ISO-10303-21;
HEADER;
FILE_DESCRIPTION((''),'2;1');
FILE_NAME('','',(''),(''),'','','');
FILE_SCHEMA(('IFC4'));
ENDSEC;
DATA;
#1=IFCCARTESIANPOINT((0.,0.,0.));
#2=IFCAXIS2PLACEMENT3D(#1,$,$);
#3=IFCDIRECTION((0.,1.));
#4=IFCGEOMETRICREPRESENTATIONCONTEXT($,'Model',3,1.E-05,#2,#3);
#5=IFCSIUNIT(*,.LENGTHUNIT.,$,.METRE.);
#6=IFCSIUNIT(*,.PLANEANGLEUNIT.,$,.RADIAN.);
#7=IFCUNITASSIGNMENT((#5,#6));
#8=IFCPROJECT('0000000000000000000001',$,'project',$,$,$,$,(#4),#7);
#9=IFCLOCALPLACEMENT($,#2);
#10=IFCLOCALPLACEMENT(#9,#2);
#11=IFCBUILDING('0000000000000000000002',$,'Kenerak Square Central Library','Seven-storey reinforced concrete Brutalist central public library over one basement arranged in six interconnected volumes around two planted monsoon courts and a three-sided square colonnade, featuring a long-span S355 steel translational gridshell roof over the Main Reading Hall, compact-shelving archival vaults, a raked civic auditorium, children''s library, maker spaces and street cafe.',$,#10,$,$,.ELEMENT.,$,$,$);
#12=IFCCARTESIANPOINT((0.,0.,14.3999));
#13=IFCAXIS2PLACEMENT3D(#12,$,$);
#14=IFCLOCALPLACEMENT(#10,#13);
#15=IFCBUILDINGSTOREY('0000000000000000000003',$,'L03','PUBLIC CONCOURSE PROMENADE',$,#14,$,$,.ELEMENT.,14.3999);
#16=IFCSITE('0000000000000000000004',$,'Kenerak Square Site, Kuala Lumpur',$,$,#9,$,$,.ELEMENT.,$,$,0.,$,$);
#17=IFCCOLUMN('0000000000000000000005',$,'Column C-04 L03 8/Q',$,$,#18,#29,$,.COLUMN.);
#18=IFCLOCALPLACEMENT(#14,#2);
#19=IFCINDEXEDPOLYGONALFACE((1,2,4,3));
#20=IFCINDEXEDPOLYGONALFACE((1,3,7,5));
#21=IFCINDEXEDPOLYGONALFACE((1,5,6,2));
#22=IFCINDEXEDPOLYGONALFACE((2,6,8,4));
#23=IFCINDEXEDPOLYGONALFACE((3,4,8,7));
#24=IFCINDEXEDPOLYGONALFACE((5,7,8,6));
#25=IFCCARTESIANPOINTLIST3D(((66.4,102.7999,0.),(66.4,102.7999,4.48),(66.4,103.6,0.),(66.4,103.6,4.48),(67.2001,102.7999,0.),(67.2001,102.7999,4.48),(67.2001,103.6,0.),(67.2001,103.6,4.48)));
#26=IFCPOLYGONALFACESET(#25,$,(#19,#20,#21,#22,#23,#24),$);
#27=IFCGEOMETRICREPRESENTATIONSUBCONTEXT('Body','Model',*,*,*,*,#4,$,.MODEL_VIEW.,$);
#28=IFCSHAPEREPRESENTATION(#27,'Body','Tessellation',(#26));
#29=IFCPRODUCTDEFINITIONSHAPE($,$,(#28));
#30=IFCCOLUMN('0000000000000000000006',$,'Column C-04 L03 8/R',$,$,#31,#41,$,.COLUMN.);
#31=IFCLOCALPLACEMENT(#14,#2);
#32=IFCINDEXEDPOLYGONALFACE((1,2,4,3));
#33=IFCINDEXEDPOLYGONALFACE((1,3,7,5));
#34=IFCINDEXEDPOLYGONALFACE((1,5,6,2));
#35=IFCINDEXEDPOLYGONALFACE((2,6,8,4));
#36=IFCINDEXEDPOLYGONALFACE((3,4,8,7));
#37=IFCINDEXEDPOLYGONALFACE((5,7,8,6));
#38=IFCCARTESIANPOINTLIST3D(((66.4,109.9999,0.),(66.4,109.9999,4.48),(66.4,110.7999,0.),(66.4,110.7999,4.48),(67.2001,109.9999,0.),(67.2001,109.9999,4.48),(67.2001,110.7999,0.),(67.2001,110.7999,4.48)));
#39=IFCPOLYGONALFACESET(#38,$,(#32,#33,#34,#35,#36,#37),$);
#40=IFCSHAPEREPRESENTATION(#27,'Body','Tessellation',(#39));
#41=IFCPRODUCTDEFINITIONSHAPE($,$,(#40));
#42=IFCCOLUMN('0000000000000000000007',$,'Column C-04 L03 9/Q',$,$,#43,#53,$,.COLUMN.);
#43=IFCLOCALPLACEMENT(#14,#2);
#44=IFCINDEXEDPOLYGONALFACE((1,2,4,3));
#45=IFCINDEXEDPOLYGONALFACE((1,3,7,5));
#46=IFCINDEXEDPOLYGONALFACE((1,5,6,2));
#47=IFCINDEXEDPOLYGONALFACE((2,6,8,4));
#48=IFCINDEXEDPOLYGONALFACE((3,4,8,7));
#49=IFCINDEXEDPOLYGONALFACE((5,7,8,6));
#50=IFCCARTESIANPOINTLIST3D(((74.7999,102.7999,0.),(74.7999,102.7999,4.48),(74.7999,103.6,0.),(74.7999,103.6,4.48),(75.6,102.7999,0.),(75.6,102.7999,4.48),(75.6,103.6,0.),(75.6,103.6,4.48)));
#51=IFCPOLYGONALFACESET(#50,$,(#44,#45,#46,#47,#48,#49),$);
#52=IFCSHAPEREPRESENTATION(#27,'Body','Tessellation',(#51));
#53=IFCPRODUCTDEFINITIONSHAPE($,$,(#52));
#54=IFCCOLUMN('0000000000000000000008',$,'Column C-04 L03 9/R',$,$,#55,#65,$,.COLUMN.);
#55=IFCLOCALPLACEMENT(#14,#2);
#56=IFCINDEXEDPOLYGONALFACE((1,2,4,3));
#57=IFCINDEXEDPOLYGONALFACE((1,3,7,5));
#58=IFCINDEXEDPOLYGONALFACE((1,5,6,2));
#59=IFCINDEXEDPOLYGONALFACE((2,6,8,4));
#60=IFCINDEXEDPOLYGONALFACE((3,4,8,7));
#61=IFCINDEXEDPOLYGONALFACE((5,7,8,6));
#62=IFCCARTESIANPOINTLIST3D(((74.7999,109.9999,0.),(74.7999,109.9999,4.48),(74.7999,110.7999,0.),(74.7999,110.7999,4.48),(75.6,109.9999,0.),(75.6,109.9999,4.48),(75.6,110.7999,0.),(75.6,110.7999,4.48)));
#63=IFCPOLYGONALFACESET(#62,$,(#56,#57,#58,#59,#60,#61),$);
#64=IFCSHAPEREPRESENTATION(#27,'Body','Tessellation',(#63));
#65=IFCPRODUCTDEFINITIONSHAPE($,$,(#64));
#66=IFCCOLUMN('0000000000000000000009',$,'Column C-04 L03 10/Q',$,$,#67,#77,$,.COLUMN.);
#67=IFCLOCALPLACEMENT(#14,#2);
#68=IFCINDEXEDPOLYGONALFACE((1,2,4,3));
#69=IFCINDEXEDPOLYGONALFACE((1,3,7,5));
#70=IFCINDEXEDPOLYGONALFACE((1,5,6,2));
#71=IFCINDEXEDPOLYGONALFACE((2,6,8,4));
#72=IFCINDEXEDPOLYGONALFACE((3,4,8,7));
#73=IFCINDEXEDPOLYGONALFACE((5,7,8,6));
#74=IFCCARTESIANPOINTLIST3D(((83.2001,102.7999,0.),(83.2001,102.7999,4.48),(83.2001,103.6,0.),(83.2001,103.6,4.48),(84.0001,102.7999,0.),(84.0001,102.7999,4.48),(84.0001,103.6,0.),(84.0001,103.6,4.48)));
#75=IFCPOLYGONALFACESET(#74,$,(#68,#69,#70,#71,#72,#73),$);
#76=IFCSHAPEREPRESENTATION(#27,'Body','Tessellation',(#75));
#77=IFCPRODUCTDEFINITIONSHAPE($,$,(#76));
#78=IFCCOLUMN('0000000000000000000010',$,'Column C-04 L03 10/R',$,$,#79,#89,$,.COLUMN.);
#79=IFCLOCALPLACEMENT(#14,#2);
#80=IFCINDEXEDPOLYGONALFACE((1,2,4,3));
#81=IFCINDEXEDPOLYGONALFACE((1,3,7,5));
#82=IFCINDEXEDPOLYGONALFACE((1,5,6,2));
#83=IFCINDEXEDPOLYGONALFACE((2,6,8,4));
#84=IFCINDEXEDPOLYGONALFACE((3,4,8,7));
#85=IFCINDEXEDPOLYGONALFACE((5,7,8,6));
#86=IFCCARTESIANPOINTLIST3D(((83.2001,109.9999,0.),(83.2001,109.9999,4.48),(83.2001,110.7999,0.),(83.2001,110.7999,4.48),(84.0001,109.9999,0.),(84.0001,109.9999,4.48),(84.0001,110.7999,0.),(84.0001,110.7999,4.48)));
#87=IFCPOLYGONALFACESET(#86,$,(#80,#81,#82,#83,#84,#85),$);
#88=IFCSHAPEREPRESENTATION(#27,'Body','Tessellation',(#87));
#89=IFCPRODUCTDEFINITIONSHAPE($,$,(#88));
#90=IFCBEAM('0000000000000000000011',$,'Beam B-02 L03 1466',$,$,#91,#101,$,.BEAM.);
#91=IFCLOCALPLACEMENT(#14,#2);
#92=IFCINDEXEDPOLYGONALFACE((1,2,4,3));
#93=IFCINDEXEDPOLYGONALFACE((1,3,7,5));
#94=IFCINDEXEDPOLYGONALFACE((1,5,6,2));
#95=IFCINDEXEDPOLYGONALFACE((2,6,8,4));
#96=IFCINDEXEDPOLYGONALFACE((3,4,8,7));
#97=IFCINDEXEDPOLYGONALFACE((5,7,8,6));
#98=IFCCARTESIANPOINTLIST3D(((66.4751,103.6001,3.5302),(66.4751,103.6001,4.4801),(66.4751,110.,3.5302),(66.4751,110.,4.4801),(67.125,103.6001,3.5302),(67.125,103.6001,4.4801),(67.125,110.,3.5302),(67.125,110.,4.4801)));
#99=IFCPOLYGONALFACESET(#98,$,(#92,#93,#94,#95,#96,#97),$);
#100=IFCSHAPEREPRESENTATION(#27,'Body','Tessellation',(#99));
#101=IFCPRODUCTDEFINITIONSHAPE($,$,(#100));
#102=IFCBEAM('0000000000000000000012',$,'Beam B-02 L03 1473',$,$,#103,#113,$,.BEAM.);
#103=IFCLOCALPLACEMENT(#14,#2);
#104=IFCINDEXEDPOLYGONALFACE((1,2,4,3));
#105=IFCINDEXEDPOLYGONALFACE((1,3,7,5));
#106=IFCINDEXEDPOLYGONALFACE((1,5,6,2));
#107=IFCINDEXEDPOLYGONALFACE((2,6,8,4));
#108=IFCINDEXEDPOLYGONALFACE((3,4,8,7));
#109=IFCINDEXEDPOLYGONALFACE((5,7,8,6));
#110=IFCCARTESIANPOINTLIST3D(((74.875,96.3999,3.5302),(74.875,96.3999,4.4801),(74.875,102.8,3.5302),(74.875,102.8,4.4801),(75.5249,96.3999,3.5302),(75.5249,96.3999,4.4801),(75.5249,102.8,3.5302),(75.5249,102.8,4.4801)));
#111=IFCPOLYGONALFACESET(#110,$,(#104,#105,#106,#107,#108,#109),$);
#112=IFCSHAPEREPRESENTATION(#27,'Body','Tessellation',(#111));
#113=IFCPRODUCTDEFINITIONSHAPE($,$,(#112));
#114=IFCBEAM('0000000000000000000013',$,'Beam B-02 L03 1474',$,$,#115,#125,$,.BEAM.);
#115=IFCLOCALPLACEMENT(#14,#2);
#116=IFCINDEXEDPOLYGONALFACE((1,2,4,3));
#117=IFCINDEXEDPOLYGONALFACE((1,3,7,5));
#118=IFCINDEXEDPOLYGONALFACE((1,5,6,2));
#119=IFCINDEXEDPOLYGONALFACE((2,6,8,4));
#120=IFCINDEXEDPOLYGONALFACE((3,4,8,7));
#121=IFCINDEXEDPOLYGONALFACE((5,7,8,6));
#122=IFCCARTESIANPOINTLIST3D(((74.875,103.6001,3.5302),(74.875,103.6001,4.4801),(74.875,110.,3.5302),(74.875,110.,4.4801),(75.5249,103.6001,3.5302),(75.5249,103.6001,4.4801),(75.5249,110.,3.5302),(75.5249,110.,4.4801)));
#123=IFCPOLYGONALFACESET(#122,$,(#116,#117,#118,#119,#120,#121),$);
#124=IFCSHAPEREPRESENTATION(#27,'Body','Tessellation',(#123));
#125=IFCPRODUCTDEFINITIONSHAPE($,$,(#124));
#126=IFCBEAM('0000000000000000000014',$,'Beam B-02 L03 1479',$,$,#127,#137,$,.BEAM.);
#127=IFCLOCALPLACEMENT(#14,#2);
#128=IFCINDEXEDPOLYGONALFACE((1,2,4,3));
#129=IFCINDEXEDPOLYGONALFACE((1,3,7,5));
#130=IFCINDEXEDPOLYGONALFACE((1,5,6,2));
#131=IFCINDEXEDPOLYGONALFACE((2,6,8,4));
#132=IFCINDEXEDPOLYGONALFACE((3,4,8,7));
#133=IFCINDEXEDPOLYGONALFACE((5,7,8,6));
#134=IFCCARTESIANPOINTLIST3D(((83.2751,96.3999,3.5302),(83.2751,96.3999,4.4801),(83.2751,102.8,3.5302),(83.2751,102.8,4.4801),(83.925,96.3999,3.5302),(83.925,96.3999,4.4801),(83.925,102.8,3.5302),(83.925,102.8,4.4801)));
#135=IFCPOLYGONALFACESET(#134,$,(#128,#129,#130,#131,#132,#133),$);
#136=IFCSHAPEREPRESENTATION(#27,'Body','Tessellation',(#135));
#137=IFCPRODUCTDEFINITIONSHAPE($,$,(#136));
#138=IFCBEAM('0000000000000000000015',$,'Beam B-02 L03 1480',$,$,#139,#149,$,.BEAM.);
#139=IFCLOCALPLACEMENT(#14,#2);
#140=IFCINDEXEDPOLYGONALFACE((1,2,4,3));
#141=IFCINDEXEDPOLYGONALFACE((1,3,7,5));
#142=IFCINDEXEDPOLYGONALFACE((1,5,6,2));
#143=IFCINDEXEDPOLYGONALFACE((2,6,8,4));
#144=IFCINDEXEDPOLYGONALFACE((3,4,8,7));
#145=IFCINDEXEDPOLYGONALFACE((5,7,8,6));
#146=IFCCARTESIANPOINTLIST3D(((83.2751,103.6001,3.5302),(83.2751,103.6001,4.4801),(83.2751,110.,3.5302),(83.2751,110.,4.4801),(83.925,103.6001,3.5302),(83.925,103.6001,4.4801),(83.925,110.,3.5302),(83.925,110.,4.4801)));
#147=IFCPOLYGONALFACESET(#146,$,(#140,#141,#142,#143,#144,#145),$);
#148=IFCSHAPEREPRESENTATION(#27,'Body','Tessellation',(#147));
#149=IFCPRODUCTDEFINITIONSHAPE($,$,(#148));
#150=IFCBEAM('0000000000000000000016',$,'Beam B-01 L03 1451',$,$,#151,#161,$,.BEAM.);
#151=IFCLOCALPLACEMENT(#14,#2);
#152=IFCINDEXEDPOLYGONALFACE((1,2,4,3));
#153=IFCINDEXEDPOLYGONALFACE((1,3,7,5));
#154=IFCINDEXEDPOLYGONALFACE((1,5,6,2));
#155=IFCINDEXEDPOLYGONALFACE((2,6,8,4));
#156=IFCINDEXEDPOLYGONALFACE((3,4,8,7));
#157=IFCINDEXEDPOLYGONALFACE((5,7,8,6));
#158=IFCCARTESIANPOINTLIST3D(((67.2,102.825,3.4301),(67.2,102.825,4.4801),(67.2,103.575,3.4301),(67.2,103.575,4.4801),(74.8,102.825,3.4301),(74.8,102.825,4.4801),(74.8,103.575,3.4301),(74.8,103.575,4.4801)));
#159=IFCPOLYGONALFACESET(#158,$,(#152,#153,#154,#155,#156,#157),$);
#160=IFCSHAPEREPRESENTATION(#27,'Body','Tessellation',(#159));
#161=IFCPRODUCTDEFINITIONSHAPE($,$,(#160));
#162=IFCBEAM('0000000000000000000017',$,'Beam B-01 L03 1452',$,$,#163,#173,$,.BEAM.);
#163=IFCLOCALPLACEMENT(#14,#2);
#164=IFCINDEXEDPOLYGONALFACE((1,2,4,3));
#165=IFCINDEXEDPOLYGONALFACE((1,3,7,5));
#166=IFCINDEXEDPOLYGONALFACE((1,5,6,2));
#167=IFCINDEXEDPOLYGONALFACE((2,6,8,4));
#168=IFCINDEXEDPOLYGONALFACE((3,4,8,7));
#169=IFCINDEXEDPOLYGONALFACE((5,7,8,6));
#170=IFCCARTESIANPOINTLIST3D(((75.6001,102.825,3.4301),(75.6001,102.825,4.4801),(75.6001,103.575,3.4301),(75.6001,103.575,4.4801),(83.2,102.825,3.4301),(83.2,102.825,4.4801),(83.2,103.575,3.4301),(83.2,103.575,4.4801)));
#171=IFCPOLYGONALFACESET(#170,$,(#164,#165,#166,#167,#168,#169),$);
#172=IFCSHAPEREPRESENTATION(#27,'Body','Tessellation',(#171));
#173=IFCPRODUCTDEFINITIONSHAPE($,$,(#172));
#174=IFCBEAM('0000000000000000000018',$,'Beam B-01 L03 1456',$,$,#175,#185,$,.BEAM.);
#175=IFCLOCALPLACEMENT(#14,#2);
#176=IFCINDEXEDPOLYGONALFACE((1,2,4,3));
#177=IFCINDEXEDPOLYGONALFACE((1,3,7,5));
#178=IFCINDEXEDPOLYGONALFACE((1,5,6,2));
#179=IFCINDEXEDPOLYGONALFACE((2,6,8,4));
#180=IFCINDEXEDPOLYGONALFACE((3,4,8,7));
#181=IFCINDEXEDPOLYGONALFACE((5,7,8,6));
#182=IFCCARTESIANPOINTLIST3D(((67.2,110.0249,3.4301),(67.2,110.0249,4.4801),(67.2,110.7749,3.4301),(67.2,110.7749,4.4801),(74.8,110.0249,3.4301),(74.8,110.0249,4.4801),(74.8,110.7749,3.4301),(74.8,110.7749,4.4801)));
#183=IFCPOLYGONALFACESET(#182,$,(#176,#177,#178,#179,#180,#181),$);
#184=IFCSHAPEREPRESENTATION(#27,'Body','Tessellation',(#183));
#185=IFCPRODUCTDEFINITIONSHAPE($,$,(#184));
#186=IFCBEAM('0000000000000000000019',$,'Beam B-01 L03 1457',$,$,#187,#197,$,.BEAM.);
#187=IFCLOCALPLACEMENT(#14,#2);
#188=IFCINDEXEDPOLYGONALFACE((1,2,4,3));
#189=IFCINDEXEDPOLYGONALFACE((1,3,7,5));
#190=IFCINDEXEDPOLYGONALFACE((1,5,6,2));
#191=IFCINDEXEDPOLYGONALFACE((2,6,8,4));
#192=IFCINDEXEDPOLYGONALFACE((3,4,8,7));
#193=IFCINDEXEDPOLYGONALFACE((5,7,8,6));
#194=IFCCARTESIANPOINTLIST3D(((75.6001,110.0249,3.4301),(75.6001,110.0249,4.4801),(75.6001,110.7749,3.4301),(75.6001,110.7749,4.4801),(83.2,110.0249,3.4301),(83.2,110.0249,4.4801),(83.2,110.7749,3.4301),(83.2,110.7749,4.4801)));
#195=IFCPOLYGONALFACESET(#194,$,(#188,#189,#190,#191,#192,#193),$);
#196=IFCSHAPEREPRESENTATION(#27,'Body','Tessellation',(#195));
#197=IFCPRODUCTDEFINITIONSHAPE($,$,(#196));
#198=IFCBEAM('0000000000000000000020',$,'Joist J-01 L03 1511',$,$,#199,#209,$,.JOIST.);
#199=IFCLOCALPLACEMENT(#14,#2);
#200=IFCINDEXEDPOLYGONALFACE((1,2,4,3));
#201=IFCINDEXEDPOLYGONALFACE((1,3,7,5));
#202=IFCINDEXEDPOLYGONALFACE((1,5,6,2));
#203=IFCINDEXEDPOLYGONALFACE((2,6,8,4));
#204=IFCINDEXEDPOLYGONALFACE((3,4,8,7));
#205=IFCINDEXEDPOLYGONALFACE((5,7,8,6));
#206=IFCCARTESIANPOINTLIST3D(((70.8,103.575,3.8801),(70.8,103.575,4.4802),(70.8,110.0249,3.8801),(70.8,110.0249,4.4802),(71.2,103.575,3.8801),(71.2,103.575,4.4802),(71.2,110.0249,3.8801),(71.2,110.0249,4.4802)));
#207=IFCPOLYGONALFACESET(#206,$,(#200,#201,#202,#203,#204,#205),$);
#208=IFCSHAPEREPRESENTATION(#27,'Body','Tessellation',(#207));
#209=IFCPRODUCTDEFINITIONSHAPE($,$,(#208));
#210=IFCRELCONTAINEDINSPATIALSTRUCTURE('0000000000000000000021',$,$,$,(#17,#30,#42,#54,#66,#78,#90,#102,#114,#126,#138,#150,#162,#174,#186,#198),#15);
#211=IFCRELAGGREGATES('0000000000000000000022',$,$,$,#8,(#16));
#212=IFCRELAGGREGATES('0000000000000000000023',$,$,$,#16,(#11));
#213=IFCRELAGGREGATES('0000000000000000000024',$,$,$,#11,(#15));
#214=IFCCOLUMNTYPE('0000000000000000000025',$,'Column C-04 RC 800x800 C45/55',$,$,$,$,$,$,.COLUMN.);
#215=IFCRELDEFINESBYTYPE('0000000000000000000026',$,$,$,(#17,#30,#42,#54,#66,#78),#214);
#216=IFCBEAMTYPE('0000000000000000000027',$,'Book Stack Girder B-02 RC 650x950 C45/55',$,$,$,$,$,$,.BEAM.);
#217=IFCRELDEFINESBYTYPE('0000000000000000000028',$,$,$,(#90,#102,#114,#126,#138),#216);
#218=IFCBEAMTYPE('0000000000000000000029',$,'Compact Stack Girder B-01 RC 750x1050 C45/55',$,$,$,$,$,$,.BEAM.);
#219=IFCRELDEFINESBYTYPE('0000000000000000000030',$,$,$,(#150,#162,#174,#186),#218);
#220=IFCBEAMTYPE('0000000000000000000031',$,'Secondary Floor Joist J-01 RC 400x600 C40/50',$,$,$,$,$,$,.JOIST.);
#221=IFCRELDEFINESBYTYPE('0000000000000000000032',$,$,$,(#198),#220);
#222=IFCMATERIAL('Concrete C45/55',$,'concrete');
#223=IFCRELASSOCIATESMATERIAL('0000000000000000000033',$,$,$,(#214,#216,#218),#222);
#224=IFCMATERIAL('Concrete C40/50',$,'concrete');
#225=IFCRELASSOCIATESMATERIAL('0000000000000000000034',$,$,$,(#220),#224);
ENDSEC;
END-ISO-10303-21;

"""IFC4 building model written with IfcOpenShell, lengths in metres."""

from ifc_helpers import new_model, si_unit, direction, frame, origin, origin_2d, place, context, subcontext, project, spatial, rectangle, extrude, material, material_profile, profile_set, type_object, element, save


model = new_model("IFC4")

# Units and contexts
model_context = context("Model", 3, precision=1e-05, world=origin(), true_north=direction((0.0, 1.0)))
body_context = subcontext(model_context, "Body", "Model", "MODEL_VIEW")
ifc_project = project(units=[si_unit("LENGTHUNIT", "METRE"), si_unit("PLANEANGLEUNIT", "RADIAN")], contexts=[model_context])

# Site, building, storey
site_placement = place(None, origin())
site = spatial("IfcSite", under=ifc_project, at=site_placement, Name="Kenerak Square Site, Kuala Lumpur", CompositionType="ELEMENT", RefElevation=0.0)
building_placement = place(site_placement, origin())
building = spatial("IfcBuilding", under=site, at=building_placement, Name="Kenerak Square Central Library", Description="Seven-storey reinforced concrete Brutalist central public library over one basement arranged in six interconnected volumes around two planted monsoon courts and a three-sided square colonnade, featuring a long-span S355 steel translational gridshell roof over the Main Reading Hall, compact-shelving archival vaults, a raked civic auditorium, children's library, maker spaces and street cafe.", CompositionType="ELEMENT")
storey_placement = place(building_placement, frame((0.0, 0.0, 14.3999)))
storey = spatial("IfcBuildingStorey", under=building, at=storey_placement, Name="L03", Description="PUBLIC CONCOURSE PROMENADE", CompositionType="ELEMENT", Elevation=14.3999)

# Columns
ifc_material_1 = material(Name="Concrete C45/55", Category="concrete")
ifc_material_profile_1 = material_profile(ifc_material_1, rectangle(XDim=0.8, YDim=0.8, at=origin_2d()), Name="RC 800x800")
ifc_profile_set_1 = profile_set([ifc_material_profile_1], Name="Concrete C45/55")
column_type = type_object("IfcColumnType", Name="Column C-04 RC 800x800 C45/55", PredefinedType="COLUMN", material=ifc_profile_set_1)
for number, where, z_axis, x_axis, name in (
    (1, (66.8, 103.2, 0.0), (0.0, 0.0, 1.0), (1.0, 0.0, 0.0), "Column C-04 L03 8/Q"),
    (2, (66.8, 110.3999, 0.0), (0.0, 0.0, 1.0), (1.0, 0.0, 0.0), "Column C-04 L03 8/R"),
    (3, (75.2, 103.2, 0.0), (0.0, 0.0, 1.0), (1.0, 0.0, 0.0), "Column C-04 L03 9/Q"),
    (4, (75.2, 110.3999, 0.0), (0.0, 0.0, 1.0), (1.0, 0.0, 0.0), "Column C-04 L03 9/R"),
    (5, (83.6001, 103.2, 0.0), (0.0, 0.0, 1.0), (1.0, 0.0, 0.0), "Column C-04 L03 10/Q"),
    (6, (83.6001, 110.3999, 0.0), (0.0, 0.0, 1.0), (1.0, 0.0, 0.0), "Column C-04 L03 10/R"),
):
    element("IfcColumn", number, at=place(storey_placement, frame(where, z_axis=z_axis, x_axis=x_axis)), inside=storey, type_object=column_type, Name=name, PredefinedType="COLUMN", context=body_context, shape_type="SweptSolid", body=[
        extrude(rectangle(XDim=0.8, YDim=0.8, at=origin_2d()), origin(), (0.0, 0.0, 1.0), 4.48),
    ])

# Beams
ifc_material_profile_2 = material_profile(ifc_material_1, rectangle(XDim=0.6499, YDim=0.95, at=origin_2d()), Name="RC 650x950")
ifc_profile_set_2 = profile_set([ifc_material_profile_2], Name="Concrete C45/55")
beam_type_1 = type_object("IfcBeamType", Name="Book Stack Girder B-02 RC 650x950 C45/55", PredefinedType="BEAM", material=ifc_profile_set_2)
beam_1_placement = place(storey_placement, frame((66.8, 103.6001, 4.0051), z_axis=(0.0, 1.0, 0.0), x_axis=(-1.0, 0.0, 0.0)))
element("IfcBeam", 7, at=beam_1_placement, inside=storey, type_object=beam_type_1, Name="Beam B-02 L03 1466", PredefinedType="BEAM", context=body_context, shape_type="SweptSolid", body=[
    extrude(rectangle(XDim=0.6499, YDim=0.95, at=origin_2d()), origin(), (0.0, 0.0, 1.0), 6.3999),
])
beam_2_placement = place(storey_placement, frame((75.2, 96.3999, 4.0051), z_axis=(0.0, 1.0, 0.0), x_axis=(-1.0, 0.0, 0.0)))
element("IfcBeam", 8, at=beam_2_placement, inside=storey, type_object=beam_type_1, Name="Beam B-02 L03 1473", PredefinedType="BEAM", context=body_context, shape_type="SweptSolid", body=[
    extrude(rectangle(XDim=0.6499, YDim=0.95, at=origin_2d()), origin(), (0.0, 0.0, 1.0), 6.4001),
])
beam_3_placement = place(storey_placement, frame((75.2, 103.6001, 4.0051), z_axis=(0.0, 1.0, 0.0), x_axis=(-1.0, 0.0, 0.0)))
element("IfcBeam", 9, at=beam_3_placement, inside=storey, type_object=beam_type_1, Name="Beam B-02 L03 1474", PredefinedType="BEAM", context=body_context, shape_type="SweptSolid", body=[
    extrude(rectangle(XDim=0.6499, YDim=0.95, at=origin_2d()), origin(), (0.0, 0.0, 1.0), 6.3999),
])
beam_4_placement = place(storey_placement, frame((83.6001, 96.3999, 4.0051), z_axis=(0.0, 1.0, 0.0), x_axis=(-1.0, 0.0, 0.0)))
element("IfcBeam", 10, at=beam_4_placement, inside=storey, type_object=beam_type_1, Name="Beam B-02 L03 1479", PredefinedType="BEAM", context=body_context, shape_type="SweptSolid", body=[
    extrude(rectangle(XDim=0.6499, YDim=0.95, at=origin_2d()), origin(), (0.0, 0.0, 1.0), 6.4001),
])
beam_5_placement = place(storey_placement, frame((83.6001, 103.6001, 4.0051), z_axis=(0.0, 1.0, 0.0), x_axis=(-1.0, 0.0, 0.0)))
element("IfcBeam", 11, at=beam_5_placement, inside=storey, type_object=beam_type_1, Name="Beam B-02 L03 1480", PredefinedType="BEAM", context=body_context, shape_type="SweptSolid", body=[
    extrude(rectangle(XDim=0.6499, YDim=0.95, at=origin_2d()), origin(), (0.0, 0.0, 1.0), 6.3999),
])
ifc_material_profile_3 = material_profile(ifc_material_1, rectangle(XDim=0.75, YDim=1.05, at=origin_2d()), Name="RC 750x1050")
ifc_profile_set_3 = profile_set([ifc_material_profile_3], Name="Concrete C45/55")
beam_type_2 = type_object("IfcBeamType", Name="Compact Stack Girder B-01 RC 750x1050 C45/55", PredefinedType="BEAM", material=ifc_profile_set_3)
beam_6_placement = place(storey_placement, frame((67.2, 103.2, 3.9551), z_axis=(1.0, 0.0, 0.0), x_axis=(0.0, 1.0, 0.0)))
element("IfcBeam", 12, at=beam_6_placement, inside=storey, type_object=beam_type_2, Name="Beam B-01 L03 1451", PredefinedType="BEAM", context=body_context, shape_type="SweptSolid", body=[
    extrude(rectangle(XDim=0.75, YDim=1.05, at=origin_2d()), origin(), (0.0, 0.0, 1.0), 7.6001),
])
beam_7_placement = place(storey_placement, frame((75.6001, 103.2, 3.9551), z_axis=(1.0, 0.0, 0.0), x_axis=(0.0, 1.0, 0.0)))
element("IfcBeam", 13, at=beam_7_placement, inside=storey, type_object=beam_type_2, Name="Beam B-01 L03 1452", PredefinedType="BEAM", context=body_context, shape_type="SweptSolid", body=[
    extrude(rectangle(XDim=0.75, YDim=1.05, at=origin_2d()), origin(), (0.0, 0.0, 1.0), 7.5999),
])
beam_8_placement = place(storey_placement, frame((67.2, 110.3999, 3.9551), z_axis=(1.0, 0.0, 0.0), x_axis=(0.0, 1.0, 0.0)))
element("IfcBeam", 14, at=beam_8_placement, inside=storey, type_object=beam_type_2, Name="Beam B-01 L03 1456", PredefinedType="BEAM", context=body_context, shape_type="SweptSolid", body=[
    extrude(rectangle(XDim=0.75, YDim=1.05, at=origin_2d()), origin(), (0.0, 0.0, 1.0), 7.6001),
])
beam_9_placement = place(storey_placement, frame((75.6001, 110.3999, 3.9551), z_axis=(1.0, 0.0, 0.0), x_axis=(0.0, 1.0, 0.0)))
element("IfcBeam", 15, at=beam_9_placement, inside=storey, type_object=beam_type_2, Name="Beam B-01 L03 1457", PredefinedType="BEAM", context=body_context, shape_type="SweptSolid", body=[
    extrude(rectangle(XDim=0.75, YDim=1.05, at=origin_2d()), origin(), (0.0, 0.0, 1.0), 7.5999),
])
ifc_material_2 = material(Name="Concrete C40/50", Category="concrete")
ifc_material_profile_4 = material_profile(ifc_material_2, rectangle(XDim=0.3999, YDim=0.6001, at=origin_2d()), Name="RC 400x600")
ifc_profile_set_4 = profile_set([ifc_material_profile_4], Name="Concrete C40/50")
beam_type_3 = type_object("IfcBeamType", Name="Secondary Floor Joist J-01 RC 400x600 C40/50", PredefinedType="JOIST", material=ifc_profile_set_4)
for number, where, z_axis, x_axis, name in (
    (16, (71.0, 103.575, 4.1802), (0.0, 1.0, 0.0), (-1.0, 0.0, 0.0), "Joist J-01 L03 1511"),
):
    element("IfcBeam", number, at=place(storey_placement, frame(where, z_axis=z_axis, x_axis=x_axis)), inside=storey, type_object=beam_type_3, Name=name, PredefinedType="JOIST", context=body_context, shape_type="SweptSolid", body=[
        extrude(rectangle(XDim=0.3999, YDim=0.6001, at=origin_2d()), origin(), (0.0, 0.0, 1.0), 6.45),
    ])

save(model, "model.ifc")
